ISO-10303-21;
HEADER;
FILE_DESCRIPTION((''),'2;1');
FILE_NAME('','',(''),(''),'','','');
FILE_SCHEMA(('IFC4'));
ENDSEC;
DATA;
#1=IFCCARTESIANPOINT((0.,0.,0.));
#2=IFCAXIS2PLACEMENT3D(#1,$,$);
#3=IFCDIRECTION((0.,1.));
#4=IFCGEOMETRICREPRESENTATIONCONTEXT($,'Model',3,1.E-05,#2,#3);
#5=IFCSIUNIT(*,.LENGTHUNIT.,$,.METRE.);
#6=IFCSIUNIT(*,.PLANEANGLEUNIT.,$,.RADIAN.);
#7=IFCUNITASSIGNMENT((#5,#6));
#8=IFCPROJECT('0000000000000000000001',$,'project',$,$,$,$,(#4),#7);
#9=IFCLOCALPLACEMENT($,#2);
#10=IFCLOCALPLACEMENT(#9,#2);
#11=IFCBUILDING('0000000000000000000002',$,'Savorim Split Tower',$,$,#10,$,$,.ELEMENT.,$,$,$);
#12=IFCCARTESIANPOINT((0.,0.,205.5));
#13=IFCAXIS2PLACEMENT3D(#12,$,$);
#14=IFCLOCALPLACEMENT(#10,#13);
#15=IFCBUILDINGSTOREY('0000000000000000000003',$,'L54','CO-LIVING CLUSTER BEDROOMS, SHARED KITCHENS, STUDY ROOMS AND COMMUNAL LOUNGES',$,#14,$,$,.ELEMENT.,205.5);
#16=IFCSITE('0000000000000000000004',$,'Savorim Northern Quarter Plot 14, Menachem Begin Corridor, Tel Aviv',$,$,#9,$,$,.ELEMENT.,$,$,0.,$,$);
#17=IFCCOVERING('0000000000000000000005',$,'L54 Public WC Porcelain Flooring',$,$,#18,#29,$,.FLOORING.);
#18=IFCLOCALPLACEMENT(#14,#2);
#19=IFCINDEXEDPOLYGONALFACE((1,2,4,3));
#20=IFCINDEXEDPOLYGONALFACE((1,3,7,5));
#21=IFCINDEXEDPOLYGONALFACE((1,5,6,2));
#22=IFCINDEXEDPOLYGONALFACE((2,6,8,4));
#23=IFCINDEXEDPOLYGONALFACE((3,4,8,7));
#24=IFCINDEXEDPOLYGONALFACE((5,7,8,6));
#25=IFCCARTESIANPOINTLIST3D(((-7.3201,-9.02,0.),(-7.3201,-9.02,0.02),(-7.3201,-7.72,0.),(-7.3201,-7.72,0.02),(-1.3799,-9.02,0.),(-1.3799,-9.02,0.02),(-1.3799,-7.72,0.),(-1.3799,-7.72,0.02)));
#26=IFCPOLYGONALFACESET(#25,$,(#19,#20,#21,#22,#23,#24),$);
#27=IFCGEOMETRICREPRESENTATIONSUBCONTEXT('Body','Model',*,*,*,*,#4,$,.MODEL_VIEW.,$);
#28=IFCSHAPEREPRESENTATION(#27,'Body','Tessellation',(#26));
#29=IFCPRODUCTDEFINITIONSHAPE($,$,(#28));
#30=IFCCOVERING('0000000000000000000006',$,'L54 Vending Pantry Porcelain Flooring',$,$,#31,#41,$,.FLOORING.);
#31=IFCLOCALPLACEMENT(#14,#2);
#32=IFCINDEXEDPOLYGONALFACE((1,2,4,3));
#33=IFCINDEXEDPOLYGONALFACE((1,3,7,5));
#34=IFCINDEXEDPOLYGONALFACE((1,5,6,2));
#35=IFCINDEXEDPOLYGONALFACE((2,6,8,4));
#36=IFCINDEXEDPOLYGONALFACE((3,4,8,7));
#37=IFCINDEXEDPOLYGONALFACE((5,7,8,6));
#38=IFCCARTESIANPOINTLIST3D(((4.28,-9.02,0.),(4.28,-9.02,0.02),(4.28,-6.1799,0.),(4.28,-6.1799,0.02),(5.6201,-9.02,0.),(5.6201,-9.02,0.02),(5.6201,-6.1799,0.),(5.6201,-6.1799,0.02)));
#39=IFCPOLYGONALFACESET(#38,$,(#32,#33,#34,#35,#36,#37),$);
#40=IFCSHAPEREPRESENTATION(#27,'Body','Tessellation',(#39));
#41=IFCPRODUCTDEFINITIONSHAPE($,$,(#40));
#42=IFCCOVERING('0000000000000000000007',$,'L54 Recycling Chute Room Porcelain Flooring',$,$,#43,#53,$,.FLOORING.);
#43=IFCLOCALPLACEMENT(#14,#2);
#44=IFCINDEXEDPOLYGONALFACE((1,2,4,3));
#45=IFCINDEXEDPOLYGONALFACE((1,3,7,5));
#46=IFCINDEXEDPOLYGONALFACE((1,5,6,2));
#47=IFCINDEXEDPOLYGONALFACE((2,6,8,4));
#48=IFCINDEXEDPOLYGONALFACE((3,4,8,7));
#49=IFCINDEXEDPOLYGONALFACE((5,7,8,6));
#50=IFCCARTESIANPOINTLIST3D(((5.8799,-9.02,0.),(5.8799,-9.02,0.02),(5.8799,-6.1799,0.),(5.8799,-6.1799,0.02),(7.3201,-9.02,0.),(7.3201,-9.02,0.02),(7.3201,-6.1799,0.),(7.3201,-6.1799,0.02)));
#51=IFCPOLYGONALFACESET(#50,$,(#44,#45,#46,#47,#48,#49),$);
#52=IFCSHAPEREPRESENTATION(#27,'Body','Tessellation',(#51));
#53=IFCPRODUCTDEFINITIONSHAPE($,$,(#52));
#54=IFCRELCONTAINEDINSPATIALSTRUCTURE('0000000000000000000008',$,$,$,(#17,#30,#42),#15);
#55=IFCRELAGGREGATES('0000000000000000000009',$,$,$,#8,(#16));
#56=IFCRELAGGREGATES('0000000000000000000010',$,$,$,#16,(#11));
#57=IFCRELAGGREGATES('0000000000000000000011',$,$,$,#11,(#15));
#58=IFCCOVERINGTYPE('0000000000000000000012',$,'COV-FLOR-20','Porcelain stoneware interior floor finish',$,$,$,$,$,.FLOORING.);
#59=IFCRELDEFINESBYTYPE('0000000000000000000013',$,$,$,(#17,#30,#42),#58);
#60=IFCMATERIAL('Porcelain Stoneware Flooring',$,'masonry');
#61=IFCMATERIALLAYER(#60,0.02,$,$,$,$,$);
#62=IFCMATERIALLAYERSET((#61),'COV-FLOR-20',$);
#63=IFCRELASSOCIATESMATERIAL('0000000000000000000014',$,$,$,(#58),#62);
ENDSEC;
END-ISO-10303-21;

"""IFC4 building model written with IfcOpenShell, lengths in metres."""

from ifc_helpers import new_model, si_unit, direction, frame, origin, place, context, subcontext, project, spatial, polyline, outline, extrude, material, layer, layer_set, type_object, element, save


model = new_model("IFC4")

# Units and contexts
model_context = context("Model", 3, precision=1e-05, world=origin(), true_north=direction((0.0, 1.0)))
body_context = subcontext(model_context, "Body", "Model", "MODEL_VIEW")
ifc_project = project(units=[si_unit("LENGTHUNIT", "METRE"), si_unit("PLANEANGLEUNIT", "RADIAN")], contexts=[model_context])

# Site, building, storey
site_placement = place(None, origin())
site = spatial("IfcSite", under=ifc_project, at=site_placement, Name="Savorim Northern Quarter Plot 14, Menachem Begin Corridor, Tel Aviv", CompositionType="ELEMENT", RefElevation=0.0)
building_placement = place(site_placement, origin())
building = spatial("IfcBuilding", under=site, at=building_placement, Name="Savorim Split Tower", CompositionType="ELEMENT")
storey_placement = place(building_placement, frame((0.0, 0.0, 205.5)))
storey = spatial("IfcBuildingStorey", under=building, at=storey_placement, Name="L54", Description="CO-LIVING CLUSTER BEDROOMS, SHARED KITCHENS, STUDY ROOMS AND COMMUNAL LOUNGES", CompositionType="ELEMENT", Elevation=205.5)

# Coverings
ifc_material_1 = material(Name="Porcelain Stoneware Flooring", Category="masonry")
ifc_layer_1 = layer(ifc_material_1, 0.02)
ifc_layer_set_1 = layer_set([ifc_layer_1], Name="COV-FLOR-20")
covering_type_1 = type_object("IfcCoveringType", Name="COV-FLOR-20", Description="Porcelain stoneware interior floor finish", PredefinedType="FLOORING", material=ifc_layer_set_1)
covering_1_placement = place(storey_placement, origin())
element("IfcCovering", 1, at=covering_1_placement, inside=storey, type_object=covering_type_1, Name="L54 Public WC Porcelain Flooring", PredefinedType="FLOORING", context=body_context, shape_type="SweptSolid", body=[
    extrude(outline(polyline([(-7.3201, -7.72), (-7.3201, -9.02), (-1.3799, -9.02), (-1.3799, -7.72), (-7.3201, -7.72)])), origin(), (0.0, 0.0, 1.0), 0.02),
])
covering_2_placement = place(storey_placement, origin())
element("IfcCovering", 2, at=covering_2_placement, inside=storey, type_object=covering_type_1, Name="L54 Vending Pantry Porcelain Flooring", PredefinedType="FLOORING", context=body_context, shape_type="SweptSolid", body=[
    extrude(outline(polyline([(4.28, -6.1799), (4.28, -9.02), (5.6201, -9.02), (5.6201, -6.1799), (4.28, -6.1799)])), origin(), (0.0, 0.0, 1.0), 0.02),
])
covering_3_placement = place(storey_placement, origin())
element("IfcCovering", 3, at=covering_3_placement, inside=storey, type_object=covering_type_1, Name="L54 Recycling Chute Room Porcelain Flooring", PredefinedType="FLOORING", context=body_context, shape_type="SweptSolid", body=[
    extrude(outline(polyline([(5.8799, -6.1799), (5.8799, -9.02), (7.3201, -9.02), (7.3201, -6.1799), (5.8799, -6.1799)])), origin(), (0.0, 0.0, 1.0), 0.02),
])

save(model, "model.ifc")
